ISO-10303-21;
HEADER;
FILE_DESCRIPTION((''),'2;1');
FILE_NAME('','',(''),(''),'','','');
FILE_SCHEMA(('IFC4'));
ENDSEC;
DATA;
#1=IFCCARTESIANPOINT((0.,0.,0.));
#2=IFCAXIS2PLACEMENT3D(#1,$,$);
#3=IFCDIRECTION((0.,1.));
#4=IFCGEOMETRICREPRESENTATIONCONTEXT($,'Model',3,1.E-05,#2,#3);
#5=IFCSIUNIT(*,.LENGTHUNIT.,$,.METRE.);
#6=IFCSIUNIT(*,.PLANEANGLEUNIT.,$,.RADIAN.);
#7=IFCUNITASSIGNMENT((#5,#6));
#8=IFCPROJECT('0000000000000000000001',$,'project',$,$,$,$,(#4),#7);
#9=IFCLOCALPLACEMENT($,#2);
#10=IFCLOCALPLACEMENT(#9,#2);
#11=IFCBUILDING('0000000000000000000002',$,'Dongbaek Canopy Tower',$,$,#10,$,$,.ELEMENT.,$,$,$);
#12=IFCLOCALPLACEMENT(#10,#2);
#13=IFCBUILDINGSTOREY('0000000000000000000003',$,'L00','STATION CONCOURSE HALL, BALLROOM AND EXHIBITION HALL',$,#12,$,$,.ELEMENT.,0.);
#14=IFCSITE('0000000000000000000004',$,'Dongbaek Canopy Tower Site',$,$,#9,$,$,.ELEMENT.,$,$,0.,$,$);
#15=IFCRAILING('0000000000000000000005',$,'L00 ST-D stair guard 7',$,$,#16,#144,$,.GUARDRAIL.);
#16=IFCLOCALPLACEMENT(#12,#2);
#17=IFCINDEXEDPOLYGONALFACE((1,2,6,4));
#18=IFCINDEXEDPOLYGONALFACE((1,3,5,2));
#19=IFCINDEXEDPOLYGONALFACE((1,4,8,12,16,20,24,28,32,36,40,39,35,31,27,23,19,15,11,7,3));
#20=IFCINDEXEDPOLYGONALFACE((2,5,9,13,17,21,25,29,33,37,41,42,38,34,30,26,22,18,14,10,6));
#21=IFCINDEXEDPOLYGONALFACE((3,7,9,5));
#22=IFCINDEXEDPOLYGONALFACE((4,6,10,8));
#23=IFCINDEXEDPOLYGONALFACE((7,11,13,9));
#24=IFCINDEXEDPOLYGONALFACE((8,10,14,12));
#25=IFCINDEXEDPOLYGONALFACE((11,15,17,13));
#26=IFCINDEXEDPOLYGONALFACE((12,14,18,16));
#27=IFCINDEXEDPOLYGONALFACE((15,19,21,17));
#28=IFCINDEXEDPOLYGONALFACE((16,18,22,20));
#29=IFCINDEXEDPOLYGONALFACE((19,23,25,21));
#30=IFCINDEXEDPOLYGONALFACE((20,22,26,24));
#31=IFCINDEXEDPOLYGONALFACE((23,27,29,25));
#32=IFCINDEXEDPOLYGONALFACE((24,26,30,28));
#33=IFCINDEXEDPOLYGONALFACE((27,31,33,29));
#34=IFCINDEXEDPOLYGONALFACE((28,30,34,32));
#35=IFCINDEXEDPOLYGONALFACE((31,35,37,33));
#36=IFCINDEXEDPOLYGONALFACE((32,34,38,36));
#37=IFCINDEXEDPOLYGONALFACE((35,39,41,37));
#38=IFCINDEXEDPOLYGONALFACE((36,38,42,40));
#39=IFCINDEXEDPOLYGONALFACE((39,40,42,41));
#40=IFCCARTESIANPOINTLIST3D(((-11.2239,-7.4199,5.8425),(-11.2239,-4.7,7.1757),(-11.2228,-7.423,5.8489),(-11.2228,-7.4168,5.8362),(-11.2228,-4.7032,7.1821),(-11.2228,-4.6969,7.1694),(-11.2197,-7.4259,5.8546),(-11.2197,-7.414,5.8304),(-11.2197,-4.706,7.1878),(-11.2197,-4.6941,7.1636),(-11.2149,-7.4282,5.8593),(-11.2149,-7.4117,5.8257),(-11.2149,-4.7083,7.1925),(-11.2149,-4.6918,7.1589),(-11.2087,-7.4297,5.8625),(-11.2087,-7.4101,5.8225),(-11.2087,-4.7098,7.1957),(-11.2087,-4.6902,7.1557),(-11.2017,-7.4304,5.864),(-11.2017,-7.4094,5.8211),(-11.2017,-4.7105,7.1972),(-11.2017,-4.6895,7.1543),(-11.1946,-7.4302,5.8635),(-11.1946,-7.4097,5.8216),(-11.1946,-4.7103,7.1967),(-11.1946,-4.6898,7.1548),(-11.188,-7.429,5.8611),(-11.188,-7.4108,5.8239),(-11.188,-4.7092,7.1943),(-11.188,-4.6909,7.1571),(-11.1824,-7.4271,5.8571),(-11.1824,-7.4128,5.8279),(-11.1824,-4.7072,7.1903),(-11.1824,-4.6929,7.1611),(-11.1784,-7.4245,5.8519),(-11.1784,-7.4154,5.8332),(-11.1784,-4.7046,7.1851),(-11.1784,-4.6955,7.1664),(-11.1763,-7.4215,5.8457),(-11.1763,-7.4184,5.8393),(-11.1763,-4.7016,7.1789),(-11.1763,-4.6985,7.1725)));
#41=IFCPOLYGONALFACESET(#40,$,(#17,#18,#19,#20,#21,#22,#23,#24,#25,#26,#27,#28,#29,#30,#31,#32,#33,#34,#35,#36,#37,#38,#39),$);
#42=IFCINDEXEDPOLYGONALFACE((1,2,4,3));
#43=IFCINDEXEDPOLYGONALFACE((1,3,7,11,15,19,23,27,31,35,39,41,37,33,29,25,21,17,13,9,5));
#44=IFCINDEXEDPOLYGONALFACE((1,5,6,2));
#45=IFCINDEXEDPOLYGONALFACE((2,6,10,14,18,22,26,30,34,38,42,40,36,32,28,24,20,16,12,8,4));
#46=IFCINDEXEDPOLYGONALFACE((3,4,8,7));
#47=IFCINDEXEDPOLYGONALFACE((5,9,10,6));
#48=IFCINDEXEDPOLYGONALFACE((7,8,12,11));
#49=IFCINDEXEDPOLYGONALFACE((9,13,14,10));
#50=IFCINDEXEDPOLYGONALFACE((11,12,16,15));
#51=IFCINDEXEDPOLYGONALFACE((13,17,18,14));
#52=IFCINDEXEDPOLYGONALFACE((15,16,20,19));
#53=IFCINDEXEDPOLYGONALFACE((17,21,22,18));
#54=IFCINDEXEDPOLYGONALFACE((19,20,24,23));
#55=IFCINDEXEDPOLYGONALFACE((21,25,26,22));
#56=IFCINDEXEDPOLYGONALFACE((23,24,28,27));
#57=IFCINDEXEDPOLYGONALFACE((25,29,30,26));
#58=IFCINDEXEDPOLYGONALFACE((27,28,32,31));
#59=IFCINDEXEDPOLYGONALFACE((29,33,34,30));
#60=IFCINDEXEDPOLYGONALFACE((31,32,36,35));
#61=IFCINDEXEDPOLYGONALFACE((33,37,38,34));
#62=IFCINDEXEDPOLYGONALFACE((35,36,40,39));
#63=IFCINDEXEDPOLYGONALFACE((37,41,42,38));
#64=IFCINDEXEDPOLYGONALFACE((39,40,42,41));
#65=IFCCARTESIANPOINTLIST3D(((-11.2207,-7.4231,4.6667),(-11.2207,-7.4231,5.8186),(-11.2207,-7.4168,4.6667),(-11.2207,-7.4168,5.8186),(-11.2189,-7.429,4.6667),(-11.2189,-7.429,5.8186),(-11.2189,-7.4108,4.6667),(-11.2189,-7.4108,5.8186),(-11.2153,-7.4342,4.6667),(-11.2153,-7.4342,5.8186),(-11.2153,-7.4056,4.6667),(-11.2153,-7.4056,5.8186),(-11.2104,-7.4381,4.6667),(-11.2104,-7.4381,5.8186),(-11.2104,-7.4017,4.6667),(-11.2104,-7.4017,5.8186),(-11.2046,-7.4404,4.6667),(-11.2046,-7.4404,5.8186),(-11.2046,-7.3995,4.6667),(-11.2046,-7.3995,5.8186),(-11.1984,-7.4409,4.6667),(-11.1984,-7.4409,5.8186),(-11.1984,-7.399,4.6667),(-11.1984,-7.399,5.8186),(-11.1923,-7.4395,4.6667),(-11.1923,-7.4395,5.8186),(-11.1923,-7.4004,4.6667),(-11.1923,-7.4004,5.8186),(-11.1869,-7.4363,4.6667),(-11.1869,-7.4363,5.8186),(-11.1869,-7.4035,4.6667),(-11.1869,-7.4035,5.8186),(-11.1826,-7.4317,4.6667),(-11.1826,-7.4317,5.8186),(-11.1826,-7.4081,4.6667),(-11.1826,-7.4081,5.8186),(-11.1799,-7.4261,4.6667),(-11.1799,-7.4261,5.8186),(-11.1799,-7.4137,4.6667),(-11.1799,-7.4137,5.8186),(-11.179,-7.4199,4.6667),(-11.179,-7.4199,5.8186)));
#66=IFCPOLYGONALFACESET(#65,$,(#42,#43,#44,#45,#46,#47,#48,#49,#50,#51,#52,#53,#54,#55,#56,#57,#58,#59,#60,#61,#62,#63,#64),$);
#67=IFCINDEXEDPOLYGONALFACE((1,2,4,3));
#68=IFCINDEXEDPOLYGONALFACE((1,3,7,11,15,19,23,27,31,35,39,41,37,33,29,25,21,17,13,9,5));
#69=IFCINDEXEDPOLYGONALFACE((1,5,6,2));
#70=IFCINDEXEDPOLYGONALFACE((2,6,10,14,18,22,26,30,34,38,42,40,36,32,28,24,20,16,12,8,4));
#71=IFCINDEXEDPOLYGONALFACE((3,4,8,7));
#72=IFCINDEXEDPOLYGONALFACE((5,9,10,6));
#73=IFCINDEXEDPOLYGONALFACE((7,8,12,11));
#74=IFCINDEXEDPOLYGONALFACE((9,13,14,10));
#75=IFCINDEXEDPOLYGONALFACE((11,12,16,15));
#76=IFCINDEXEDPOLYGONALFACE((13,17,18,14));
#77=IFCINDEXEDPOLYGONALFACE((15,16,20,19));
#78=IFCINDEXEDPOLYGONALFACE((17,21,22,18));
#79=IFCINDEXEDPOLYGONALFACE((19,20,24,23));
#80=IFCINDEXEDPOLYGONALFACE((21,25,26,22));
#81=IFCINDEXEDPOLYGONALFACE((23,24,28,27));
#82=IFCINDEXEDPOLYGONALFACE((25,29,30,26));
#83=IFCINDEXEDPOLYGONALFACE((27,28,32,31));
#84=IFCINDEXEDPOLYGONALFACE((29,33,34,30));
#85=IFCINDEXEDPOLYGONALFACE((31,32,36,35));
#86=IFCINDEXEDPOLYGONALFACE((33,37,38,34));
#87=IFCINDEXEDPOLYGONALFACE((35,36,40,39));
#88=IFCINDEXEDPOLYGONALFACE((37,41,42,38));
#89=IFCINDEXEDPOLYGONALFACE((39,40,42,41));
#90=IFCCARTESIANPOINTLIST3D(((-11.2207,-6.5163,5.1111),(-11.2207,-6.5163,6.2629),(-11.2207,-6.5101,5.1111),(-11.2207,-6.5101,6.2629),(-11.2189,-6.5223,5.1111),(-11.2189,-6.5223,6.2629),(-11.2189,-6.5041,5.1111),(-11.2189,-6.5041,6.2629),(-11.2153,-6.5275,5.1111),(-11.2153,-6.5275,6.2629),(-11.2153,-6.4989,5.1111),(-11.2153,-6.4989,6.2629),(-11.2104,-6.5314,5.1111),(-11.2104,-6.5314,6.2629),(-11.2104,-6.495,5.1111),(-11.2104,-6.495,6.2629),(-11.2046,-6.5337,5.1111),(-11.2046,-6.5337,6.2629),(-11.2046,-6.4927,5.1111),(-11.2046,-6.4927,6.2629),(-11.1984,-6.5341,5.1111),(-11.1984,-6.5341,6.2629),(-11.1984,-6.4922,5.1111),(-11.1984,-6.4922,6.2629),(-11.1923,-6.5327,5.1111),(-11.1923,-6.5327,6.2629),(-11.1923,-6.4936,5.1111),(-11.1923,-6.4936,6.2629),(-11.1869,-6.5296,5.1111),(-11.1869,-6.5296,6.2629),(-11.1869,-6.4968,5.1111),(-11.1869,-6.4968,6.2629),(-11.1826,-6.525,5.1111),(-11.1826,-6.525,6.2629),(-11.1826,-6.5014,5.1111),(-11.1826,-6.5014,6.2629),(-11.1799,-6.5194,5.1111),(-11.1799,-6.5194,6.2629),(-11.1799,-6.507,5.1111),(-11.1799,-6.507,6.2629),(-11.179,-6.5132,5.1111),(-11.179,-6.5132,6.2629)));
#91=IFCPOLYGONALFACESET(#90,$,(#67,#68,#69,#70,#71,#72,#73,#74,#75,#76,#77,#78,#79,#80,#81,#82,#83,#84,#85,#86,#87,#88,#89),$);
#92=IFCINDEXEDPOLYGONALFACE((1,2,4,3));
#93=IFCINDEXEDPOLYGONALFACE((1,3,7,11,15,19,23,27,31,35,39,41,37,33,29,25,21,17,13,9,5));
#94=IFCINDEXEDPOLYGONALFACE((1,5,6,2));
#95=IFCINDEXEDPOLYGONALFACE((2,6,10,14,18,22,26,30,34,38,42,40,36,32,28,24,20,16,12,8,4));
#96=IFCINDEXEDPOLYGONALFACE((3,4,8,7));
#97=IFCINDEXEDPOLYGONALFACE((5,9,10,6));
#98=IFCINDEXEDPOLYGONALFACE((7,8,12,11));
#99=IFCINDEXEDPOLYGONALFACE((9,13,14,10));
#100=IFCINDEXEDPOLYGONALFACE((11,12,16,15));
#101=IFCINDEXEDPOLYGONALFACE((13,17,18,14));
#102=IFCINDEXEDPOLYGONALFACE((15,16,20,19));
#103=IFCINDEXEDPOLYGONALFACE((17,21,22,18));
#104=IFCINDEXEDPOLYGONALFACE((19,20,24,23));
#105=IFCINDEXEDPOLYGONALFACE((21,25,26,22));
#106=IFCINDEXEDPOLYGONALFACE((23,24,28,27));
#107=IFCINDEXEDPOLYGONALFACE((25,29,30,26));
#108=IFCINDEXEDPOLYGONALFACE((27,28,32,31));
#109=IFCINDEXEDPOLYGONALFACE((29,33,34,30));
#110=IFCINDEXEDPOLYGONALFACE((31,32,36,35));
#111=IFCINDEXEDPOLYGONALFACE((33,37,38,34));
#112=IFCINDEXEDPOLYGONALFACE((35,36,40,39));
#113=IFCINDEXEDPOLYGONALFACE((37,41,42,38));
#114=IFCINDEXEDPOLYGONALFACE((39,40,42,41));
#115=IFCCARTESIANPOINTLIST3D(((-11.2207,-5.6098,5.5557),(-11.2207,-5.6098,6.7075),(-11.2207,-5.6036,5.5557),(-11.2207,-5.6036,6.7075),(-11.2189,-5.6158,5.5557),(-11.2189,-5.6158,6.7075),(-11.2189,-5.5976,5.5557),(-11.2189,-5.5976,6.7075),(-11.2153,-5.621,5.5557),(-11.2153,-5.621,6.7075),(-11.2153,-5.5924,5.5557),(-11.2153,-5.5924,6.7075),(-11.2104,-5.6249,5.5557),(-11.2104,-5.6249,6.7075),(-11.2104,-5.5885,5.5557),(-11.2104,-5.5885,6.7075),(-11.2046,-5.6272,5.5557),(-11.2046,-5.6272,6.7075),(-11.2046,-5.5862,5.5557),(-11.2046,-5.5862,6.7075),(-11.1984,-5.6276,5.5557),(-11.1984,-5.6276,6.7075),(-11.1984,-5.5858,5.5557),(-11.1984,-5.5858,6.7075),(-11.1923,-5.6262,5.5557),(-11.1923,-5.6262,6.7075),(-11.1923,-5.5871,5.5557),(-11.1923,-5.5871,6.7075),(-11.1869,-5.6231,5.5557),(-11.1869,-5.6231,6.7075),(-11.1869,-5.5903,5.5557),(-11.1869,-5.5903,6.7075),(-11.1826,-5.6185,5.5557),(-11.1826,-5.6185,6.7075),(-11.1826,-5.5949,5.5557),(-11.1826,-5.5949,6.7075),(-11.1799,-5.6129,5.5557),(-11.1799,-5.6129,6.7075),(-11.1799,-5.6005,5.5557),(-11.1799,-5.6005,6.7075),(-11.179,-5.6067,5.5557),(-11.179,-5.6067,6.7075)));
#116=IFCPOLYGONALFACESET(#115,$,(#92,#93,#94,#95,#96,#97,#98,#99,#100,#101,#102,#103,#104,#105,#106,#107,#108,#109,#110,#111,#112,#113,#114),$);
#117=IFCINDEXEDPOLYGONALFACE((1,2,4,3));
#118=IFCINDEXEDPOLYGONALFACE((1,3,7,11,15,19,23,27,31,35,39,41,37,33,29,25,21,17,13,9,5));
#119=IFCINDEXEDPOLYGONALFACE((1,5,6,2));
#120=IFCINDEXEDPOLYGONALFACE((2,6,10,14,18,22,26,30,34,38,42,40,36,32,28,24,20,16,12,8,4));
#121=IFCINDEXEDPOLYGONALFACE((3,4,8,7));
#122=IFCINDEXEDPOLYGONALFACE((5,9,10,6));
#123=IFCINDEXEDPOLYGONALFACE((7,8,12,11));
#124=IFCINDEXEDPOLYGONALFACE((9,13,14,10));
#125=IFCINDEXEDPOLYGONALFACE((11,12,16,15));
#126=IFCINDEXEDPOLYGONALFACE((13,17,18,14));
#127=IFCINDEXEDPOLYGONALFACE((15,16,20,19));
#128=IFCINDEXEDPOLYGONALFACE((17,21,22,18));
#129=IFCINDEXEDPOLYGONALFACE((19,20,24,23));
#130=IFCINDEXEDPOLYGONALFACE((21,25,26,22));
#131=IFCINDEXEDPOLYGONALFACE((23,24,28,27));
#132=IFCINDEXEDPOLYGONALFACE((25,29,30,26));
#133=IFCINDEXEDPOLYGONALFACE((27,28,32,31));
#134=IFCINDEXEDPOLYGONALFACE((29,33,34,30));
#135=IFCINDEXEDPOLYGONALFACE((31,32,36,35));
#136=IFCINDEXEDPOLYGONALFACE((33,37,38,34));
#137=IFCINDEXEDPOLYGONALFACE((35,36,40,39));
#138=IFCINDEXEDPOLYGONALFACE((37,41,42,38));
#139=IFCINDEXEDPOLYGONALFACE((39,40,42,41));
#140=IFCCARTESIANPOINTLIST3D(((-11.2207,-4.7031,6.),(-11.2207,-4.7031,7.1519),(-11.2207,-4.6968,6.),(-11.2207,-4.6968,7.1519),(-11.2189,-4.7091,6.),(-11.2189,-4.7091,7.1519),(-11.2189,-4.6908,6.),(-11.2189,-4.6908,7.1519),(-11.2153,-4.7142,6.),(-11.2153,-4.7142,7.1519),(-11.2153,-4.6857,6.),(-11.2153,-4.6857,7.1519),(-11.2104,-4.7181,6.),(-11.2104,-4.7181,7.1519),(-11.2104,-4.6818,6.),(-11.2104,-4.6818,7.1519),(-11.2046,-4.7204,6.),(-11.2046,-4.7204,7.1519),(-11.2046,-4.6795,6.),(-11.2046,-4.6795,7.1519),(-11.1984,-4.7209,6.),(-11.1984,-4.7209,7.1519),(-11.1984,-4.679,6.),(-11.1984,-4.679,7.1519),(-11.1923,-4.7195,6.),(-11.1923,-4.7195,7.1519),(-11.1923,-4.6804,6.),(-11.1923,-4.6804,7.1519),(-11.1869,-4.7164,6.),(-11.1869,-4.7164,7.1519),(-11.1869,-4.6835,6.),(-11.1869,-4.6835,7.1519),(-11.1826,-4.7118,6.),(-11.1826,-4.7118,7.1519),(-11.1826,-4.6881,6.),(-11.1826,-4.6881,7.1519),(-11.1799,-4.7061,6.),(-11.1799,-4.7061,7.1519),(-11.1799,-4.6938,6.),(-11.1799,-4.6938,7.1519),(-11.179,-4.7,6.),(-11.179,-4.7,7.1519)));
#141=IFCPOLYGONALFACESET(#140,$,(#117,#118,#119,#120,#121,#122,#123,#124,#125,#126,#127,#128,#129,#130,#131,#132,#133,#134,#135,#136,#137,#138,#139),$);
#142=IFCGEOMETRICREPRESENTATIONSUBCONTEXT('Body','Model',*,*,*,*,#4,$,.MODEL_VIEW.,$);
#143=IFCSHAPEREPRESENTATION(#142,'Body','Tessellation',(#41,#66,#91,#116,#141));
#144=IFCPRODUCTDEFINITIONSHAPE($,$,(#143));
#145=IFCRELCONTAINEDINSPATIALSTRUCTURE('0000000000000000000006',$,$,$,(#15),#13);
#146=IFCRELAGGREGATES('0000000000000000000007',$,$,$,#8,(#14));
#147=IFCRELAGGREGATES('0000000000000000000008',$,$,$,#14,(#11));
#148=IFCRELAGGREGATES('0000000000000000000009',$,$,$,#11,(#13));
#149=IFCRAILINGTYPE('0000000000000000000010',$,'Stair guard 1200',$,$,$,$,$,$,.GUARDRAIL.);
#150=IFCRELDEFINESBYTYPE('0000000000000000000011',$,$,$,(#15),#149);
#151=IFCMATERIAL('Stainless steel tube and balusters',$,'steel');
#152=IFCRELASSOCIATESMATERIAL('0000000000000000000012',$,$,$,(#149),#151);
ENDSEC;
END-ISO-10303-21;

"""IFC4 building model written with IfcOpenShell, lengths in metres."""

from ifc_helpers import new_model, si_unit, direction, frame, origin, origin_2d, place, context, subcontext, project, spatial, circle, extrude, material, type_object, element, save


model = new_model("IFC4")

# Units and contexts
model_context = context("Model", 3, precision=1e-05, world=origin(), true_north=direction((0.0, 1.0)))
body_context = subcontext(model_context, "Body", "Model", "MODEL_VIEW")
ifc_project = project(units=[si_unit("LENGTHUNIT", "METRE"), si_unit("PLANEANGLEUNIT", "RADIAN")], contexts=[model_context])

# Site, building, storey
site_placement = place(None, origin())
site = spatial("IfcSite", under=ifc_project, at=site_placement, Name="Dongbaek Canopy Tower Site", CompositionType="ELEMENT", RefElevation=0.0)
building_placement = place(site_placement, origin())
building = spatial("IfcBuilding", under=site, at=building_placement, Name="Dongbaek Canopy Tower", CompositionType="ELEMENT")
storey_placement = place(building_placement, origin())
storey = spatial("IfcBuildingStorey", under=building, at=storey_placement, Name="L00", Description="STATION CONCOURSE HALL, BALLROOM AND EXHIBITION HALL", CompositionType="ELEMENT", Elevation=0.0)

# Railing
ifc_material_1 = material(Name="Stainless steel tube and balusters", Category="steel")
railing_type_1 = type_object("IfcRailingType", Name="Stair guard 1200", PredefinedType="GUARDRAIL", material=ifc_material_1)
railing_1_placement = place(storey_placement, frame((-11.2, -7.4199, 4.6667)))
element("IfcRailing", 1, at=railing_1_placement, inside=storey, type_object=railing_type_1, Name="L00 ST-D stair guard 7", PredefinedType="GUARDRAIL", context=body_context, shape_type="SweptSolid", body=[
    extrude(circle(Radius=0.0239, at=origin_2d()), frame((0.0, 0.0, 1.1758), z_axis=(0.0, 0.897929, 0.440139), x_axis=(-1.0, 0.0, 0.0)), (0.0, 0.0, 1.0), 3.0291),
    extrude(circle(Radius=0.021, at=origin_2d()), origin(), (0.0, 0.0, 1.0), 1.1519),
    extrude(circle(Radius=0.021, at=origin_2d()), frame((0.0, 0.9067, 0.4443)), (0.0, 0.0, 1.0), 1.1519),
    extrude(circle(Radius=0.021, at=origin_2d()), frame((0.0, 1.8132, 0.8889)), (0.0, 0.0, 1.0), 1.1519),
    extrude(circle(Radius=0.021, at=origin_2d()), frame((0.0, 2.72, 1.3333)), (0.0, 0.0, 1.0), 1.1519),
])

save(model, "model.ifc")
